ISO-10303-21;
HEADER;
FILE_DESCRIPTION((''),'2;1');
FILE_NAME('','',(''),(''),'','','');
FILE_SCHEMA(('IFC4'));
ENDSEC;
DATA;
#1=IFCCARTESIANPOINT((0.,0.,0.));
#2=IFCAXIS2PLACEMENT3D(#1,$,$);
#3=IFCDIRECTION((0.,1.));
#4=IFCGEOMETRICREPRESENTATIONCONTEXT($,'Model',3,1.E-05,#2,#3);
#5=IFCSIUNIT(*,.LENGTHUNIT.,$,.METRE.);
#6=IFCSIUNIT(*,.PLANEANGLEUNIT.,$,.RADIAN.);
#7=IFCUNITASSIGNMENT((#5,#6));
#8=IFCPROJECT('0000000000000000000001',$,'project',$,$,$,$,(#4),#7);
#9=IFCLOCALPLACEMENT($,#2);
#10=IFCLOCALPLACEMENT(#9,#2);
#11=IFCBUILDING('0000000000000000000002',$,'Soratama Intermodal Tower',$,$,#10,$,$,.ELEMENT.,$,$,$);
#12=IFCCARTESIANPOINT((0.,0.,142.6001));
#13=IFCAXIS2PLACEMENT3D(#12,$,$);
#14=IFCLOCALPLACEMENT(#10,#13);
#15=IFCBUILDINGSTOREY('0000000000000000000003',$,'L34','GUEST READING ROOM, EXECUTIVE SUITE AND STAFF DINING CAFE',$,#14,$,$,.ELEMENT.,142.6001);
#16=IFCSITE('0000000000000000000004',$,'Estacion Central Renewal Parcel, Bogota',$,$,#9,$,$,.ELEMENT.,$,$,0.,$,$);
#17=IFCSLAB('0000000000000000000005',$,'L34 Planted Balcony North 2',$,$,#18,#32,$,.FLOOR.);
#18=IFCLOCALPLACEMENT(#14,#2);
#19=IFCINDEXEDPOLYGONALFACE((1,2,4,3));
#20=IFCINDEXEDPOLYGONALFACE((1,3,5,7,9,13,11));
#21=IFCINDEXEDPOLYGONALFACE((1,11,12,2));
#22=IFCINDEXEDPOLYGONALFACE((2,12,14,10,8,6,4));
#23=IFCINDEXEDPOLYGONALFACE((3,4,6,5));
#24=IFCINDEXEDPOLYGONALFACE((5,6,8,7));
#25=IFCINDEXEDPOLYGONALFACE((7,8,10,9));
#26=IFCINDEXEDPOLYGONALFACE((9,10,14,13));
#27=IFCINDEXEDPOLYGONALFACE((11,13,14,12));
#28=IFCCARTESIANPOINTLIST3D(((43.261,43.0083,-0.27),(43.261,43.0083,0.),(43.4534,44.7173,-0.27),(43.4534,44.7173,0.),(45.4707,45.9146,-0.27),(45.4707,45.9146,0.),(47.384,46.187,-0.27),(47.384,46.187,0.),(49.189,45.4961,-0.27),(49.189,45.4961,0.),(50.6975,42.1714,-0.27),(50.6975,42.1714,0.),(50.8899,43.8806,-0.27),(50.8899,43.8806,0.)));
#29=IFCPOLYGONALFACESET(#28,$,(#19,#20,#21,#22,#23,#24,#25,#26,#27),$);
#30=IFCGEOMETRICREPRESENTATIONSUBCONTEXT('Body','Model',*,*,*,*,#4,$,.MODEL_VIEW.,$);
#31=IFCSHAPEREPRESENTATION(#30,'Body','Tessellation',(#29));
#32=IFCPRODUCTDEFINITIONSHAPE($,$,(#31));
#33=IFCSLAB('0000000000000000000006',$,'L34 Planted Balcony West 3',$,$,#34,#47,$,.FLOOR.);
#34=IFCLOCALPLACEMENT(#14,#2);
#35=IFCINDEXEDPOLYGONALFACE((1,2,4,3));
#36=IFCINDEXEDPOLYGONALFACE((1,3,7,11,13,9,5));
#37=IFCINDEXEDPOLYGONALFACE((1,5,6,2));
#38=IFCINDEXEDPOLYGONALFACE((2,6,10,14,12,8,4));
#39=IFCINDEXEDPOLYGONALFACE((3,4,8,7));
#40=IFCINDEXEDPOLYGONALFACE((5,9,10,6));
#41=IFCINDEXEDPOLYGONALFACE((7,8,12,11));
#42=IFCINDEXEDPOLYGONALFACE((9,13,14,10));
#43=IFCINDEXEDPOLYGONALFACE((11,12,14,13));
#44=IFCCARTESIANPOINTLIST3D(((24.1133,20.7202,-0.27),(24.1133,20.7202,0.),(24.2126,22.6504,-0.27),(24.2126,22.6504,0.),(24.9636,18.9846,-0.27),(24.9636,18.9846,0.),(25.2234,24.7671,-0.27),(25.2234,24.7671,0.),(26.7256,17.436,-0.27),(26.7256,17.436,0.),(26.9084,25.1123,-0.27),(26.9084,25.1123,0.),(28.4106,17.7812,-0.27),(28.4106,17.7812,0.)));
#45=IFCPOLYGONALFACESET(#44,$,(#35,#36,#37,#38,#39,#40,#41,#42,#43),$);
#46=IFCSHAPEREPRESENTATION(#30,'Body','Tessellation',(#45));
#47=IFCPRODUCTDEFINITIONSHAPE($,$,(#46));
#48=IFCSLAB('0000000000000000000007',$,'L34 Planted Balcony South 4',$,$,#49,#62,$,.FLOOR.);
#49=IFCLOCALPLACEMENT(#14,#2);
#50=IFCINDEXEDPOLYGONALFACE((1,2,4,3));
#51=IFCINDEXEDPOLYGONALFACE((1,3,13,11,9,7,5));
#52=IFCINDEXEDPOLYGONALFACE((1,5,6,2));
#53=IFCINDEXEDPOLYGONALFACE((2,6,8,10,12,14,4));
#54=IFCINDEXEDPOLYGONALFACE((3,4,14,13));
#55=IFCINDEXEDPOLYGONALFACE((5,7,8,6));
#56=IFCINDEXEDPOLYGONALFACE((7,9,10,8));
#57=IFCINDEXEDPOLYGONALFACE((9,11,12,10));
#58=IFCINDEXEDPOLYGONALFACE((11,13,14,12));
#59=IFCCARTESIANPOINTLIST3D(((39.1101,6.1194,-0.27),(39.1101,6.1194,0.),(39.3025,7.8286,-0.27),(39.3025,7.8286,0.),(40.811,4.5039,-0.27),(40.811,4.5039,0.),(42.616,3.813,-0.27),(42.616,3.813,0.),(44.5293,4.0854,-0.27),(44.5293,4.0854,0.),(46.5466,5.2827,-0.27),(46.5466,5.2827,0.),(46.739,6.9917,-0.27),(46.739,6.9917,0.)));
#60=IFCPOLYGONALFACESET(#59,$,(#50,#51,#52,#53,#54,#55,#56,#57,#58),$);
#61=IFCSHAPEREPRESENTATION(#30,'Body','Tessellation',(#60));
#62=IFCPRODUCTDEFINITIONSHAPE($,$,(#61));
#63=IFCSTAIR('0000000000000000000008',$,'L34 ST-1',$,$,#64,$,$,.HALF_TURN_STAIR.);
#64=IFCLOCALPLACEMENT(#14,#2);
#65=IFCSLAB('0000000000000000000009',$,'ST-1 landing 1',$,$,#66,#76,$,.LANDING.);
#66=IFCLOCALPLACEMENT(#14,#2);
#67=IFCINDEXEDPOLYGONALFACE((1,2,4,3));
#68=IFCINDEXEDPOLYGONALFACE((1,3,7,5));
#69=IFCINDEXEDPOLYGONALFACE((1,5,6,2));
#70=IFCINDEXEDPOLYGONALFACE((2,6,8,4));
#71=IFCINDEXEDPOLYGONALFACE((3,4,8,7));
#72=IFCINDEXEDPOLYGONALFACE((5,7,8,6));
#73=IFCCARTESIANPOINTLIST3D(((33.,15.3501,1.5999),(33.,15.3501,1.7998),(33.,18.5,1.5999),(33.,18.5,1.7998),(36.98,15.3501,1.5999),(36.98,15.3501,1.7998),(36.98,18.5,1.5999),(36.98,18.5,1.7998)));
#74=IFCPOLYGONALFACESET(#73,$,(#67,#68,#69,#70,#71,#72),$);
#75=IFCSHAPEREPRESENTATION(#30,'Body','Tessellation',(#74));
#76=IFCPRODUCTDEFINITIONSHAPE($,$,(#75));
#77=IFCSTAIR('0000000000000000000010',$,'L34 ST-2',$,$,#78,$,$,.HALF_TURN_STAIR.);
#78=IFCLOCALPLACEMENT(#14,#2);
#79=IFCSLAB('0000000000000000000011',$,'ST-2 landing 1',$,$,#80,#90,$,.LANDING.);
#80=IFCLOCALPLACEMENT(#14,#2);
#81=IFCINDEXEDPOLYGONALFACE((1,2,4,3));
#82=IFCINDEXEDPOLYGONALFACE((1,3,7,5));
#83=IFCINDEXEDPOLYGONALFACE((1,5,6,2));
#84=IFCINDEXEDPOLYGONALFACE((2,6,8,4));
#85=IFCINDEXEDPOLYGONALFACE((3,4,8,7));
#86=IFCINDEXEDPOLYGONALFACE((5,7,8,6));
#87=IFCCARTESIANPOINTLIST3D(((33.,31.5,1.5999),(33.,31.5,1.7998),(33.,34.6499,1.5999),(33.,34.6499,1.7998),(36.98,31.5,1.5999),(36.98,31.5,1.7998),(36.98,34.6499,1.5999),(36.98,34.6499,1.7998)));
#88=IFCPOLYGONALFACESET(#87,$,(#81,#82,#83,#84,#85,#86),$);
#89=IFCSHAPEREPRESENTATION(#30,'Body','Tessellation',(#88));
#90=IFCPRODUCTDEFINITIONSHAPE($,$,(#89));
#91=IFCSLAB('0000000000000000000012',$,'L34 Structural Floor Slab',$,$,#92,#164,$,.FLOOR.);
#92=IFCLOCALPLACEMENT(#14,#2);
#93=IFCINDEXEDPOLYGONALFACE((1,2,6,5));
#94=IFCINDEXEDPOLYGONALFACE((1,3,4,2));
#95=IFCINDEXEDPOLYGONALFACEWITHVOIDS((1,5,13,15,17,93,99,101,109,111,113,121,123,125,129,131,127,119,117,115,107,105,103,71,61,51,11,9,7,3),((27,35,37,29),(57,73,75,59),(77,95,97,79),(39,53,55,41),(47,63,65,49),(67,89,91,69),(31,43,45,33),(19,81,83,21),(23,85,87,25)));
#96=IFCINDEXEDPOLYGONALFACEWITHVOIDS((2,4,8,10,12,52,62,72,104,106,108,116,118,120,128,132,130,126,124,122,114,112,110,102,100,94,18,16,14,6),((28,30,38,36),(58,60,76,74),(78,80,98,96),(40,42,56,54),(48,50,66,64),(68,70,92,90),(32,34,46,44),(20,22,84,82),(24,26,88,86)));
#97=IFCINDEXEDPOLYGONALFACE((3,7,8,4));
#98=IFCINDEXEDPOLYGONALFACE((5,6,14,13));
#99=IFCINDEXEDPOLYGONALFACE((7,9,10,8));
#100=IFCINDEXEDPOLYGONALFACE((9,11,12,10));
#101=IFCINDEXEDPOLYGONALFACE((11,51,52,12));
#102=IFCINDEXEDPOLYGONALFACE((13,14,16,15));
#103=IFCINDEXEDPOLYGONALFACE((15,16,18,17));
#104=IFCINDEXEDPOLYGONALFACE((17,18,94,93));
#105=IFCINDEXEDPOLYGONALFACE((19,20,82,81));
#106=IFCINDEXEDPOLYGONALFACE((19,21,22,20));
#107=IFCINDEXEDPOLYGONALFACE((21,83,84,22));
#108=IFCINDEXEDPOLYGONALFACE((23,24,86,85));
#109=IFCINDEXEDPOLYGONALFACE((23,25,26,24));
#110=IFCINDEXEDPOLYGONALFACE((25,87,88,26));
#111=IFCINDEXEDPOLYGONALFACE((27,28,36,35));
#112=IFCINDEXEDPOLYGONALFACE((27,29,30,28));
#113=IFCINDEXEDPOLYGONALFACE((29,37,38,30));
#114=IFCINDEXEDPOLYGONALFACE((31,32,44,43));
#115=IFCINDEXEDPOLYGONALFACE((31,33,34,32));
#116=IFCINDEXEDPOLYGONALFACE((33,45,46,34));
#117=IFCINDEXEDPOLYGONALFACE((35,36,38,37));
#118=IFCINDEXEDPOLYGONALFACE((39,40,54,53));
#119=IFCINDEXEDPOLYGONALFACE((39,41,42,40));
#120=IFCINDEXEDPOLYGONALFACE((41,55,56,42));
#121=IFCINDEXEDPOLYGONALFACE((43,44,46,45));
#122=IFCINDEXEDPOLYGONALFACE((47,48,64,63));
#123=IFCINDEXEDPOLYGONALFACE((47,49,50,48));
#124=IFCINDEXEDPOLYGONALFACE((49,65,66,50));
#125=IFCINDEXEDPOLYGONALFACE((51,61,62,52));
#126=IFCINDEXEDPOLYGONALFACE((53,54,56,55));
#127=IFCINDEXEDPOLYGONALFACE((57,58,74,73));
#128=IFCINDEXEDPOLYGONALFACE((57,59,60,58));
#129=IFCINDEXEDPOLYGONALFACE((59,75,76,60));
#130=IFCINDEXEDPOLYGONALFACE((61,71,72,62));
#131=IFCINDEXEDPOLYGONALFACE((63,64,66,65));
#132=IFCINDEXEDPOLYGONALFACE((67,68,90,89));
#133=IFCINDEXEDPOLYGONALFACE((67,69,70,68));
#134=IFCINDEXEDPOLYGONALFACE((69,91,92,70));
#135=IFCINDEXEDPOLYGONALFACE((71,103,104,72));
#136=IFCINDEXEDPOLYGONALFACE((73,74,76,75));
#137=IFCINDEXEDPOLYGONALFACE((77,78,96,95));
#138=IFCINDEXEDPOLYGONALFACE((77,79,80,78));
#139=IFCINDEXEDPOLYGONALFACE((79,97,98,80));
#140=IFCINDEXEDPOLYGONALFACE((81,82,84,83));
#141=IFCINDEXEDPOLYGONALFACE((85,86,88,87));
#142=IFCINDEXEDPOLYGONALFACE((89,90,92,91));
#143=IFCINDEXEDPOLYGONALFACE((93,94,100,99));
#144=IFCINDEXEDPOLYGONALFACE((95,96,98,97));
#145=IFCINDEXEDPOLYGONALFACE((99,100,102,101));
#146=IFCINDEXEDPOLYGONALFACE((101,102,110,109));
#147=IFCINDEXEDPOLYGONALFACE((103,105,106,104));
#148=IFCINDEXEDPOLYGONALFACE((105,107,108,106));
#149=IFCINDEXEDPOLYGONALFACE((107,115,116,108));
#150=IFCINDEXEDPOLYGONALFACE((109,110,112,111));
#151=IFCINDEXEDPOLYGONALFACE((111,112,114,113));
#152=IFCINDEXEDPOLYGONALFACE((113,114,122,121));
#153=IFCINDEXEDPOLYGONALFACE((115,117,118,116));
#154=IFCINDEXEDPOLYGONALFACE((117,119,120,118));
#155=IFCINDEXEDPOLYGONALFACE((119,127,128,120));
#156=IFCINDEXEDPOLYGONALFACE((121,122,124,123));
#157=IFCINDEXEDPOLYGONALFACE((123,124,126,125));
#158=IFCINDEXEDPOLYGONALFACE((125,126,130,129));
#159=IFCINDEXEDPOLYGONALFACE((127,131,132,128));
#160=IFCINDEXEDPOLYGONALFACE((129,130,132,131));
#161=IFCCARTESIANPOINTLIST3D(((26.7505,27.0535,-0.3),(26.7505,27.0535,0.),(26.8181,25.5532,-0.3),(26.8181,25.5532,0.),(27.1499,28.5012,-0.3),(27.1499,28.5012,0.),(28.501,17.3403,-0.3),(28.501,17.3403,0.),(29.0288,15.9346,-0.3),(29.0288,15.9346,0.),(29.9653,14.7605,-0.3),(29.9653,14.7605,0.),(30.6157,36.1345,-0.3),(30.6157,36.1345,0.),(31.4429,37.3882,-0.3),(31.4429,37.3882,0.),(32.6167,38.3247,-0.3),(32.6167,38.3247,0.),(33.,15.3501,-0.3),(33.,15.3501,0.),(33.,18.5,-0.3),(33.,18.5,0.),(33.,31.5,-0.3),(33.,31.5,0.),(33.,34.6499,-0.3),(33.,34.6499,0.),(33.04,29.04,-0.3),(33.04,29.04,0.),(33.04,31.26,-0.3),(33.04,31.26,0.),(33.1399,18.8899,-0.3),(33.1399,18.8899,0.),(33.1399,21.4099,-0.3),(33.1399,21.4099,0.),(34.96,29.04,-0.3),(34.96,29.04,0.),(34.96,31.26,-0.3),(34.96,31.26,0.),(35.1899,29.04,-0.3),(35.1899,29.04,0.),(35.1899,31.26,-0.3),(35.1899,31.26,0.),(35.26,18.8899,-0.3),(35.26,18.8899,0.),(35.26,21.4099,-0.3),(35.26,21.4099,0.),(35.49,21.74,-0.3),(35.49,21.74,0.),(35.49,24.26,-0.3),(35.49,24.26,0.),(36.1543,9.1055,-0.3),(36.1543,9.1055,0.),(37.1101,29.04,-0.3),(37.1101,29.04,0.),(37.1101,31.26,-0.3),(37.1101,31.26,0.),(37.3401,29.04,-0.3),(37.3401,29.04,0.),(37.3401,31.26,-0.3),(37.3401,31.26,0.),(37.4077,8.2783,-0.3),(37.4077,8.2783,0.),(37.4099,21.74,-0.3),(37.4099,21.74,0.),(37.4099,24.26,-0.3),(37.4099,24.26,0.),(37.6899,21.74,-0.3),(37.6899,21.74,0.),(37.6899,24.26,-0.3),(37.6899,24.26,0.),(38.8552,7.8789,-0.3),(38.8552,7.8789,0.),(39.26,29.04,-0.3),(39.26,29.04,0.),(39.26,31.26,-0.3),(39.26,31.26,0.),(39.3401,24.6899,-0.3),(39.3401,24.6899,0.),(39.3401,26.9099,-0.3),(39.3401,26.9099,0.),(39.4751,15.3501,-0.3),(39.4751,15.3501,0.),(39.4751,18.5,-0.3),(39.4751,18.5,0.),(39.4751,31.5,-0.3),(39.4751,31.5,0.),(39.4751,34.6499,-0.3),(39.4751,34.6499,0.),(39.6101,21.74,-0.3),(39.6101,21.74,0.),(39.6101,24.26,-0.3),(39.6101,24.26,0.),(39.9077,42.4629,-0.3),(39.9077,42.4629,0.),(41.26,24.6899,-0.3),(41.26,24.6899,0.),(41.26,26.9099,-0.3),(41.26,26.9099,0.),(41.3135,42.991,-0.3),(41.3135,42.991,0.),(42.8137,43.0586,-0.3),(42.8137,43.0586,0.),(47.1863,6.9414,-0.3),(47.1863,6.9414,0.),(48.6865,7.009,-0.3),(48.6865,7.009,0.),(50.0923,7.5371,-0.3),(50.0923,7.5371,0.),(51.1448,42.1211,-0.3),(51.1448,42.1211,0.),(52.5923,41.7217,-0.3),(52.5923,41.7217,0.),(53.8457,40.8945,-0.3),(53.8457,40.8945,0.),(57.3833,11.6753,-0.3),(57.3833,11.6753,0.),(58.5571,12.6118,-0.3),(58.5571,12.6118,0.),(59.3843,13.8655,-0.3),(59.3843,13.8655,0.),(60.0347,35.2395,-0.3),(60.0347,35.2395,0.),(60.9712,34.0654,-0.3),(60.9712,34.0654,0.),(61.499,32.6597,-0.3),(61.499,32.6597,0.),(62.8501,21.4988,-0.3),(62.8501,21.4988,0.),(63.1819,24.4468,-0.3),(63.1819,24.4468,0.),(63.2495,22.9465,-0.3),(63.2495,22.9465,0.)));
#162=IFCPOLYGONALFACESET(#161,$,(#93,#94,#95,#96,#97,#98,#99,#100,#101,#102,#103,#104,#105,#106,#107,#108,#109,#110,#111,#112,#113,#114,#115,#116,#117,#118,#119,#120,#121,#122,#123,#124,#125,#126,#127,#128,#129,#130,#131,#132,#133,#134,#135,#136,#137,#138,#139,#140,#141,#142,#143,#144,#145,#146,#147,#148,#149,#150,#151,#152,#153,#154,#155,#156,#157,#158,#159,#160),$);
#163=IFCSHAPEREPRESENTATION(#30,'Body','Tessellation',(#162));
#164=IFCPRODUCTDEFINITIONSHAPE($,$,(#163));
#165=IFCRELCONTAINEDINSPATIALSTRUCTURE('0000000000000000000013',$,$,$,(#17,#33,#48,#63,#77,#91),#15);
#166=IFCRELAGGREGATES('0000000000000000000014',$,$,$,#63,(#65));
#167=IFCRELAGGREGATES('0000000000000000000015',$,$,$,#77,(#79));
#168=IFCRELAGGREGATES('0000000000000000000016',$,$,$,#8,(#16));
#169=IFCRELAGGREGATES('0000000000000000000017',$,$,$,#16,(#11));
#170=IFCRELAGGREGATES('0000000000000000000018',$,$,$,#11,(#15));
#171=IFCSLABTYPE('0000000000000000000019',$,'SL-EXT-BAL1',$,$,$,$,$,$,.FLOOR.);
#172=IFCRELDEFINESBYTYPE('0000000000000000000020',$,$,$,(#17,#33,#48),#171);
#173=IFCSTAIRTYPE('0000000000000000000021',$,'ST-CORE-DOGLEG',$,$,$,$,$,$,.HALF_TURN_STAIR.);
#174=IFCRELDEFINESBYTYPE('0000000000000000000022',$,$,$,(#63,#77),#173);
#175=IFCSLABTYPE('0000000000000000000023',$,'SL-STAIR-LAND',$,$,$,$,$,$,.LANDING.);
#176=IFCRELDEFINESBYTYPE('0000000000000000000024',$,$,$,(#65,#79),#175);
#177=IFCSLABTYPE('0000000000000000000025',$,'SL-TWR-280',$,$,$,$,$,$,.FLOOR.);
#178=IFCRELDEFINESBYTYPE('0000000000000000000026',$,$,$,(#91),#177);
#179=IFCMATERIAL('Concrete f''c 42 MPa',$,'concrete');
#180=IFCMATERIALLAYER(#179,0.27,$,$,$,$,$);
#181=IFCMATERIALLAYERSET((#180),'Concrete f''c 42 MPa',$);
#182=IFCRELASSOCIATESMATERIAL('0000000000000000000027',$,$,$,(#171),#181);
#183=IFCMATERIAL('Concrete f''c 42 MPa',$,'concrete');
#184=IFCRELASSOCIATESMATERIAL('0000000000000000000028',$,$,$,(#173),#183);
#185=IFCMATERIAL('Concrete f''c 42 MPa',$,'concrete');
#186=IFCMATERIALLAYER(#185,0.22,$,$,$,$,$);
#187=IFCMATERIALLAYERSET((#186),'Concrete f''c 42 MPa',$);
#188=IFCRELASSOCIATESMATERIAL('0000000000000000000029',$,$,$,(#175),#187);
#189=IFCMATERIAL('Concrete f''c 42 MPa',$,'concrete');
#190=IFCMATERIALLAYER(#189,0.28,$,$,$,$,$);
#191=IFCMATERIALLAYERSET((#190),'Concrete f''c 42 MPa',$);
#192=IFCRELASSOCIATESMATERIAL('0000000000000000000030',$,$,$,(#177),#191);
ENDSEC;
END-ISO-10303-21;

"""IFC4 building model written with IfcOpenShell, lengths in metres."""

from ifc_helpers import new_model, si_unit, direction, frame, origin, place, context, subcontext, project, spatial, polyline, outline, extrude, material, layer, layer_set, type_object, element, aggregate, save


model = new_model("IFC4")

# Units and contexts
model_context = context("Model", 3, precision=1e-05, world=origin(), true_north=direction((0.0, 1.0)))
body_context = subcontext(model_context, "Body", "Model", "MODEL_VIEW")
ifc_project = project(units=[si_unit("LENGTHUNIT", "METRE"), si_unit("PLANEANGLEUNIT", "RADIAN")], contexts=[model_context])

# Site, building, storey
site_placement = place(None, origin())
site = spatial("IfcSite", under=ifc_project, at=site_placement, Name="Estacion Central Renewal Parcel, Bogota", CompositionType="ELEMENT", RefElevation=0.0)
building_placement = place(site_placement, origin())
building = spatial("IfcBuilding", under=site, at=building_placement, Name="Soratama Intermodal Tower", CompositionType="ELEMENT")
storey_placement = place(building_placement, frame((0.0, 0.0, 142.6001)))
storey = spatial("IfcBuildingStorey", under=building, at=storey_placement, Name="L34", Description="GUEST READING ROOM, EXECUTIVE SUITE AND STAFF DINING CAFE", CompositionType="ELEMENT", Elevation=142.6001)

# Slabs
ifc_material_1 = material(Name="Concrete f'c 42 MPa", Category="concrete")
ifc_layer_1 = layer(ifc_material_1, 0.27)
ifc_layer_set_1 = layer_set([ifc_layer_1], Name="Concrete f'c 42 MPa")
slab_type_1 = type_object("IfcSlabType", Name="SL-EXT-BAL1", PredefinedType="FLOOR", material=ifc_layer_set_1)
slab_1_placement = place(storey_placement, frame((0.0, 0.0, -0.27)))
element("IfcSlab", 1, at=slab_1_placement, inside=storey, type_object=slab_type_1, Name="L34 Planted Balcony North 2", PredefinedType="FLOOR", context=body_context, shape_type="SweptSolid", body=[
    extrude(outline(polyline([(50.6975, 42.1714), (43.261, 43.0083), (43.4534, 44.7173), (45.4707, 45.9146), (47.384, 46.187), (49.189, 45.4961), (50.8899, 43.8806), (50.6975, 42.1714)])), origin(), (0.0, 0.0, 1.0), 0.27),
])
slab_2_placement = place(storey_placement, frame((0.0, 0.0, -0.27)))
element("IfcSlab", 2, at=slab_2_placement, inside=storey, type_object=slab_type_1, Name="L34 Planted Balcony West 3", PredefinedType="FLOOR", context=body_context, shape_type="SweptSolid", body=[
    extrude(outline(polyline([(26.9084, 25.1123), (28.4106, 17.7812), (26.7256, 17.436), (24.9636, 18.9846), (24.1133, 20.7202), (24.2126, 22.6504), (25.2234, 24.7671), (26.9084, 25.1123)])), origin(), (0.0, 0.0, 1.0), 0.27),
])
slab_3_placement = place(storey_placement, frame((0.0, 0.0, -0.27)))
element("IfcSlab", 3, at=slab_3_placement, inside=storey, type_object=slab_type_1, Name="L34 Planted Balcony South 4", PredefinedType="FLOOR", context=body_context, shape_type="SweptSolid", body=[
    extrude(outline(polyline([(39.3025, 7.8286), (46.739, 6.9917), (46.5466, 5.2827), (44.5293, 4.0854), (42.616, 3.813), (40.811, 4.5039), (39.1101, 6.1194), (39.3025, 7.8286)])), origin(), (0.0, 0.0, 1.0), 0.27),
])

# Stairs, slabs
ifc_material_2 = material(Name="Concrete f'c 42 MPa", Category="concrete")
stair_type = type_object("IfcStairType", Name="ST-CORE-DOGLEG", PredefinedType="HALF_TURN_STAIR", material=ifc_material_2)
stair_1_placement = place(storey_placement, origin())
stair_1 = element("IfcStair", 4, at=stair_1_placement, inside=storey, type_object=stair_type, Name="L34 ST-1", PredefinedType="HALF_TURN_STAIR")
ifc_material_3 = material(Name="Concrete f'c 42 MPa", Category="concrete")
ifc_layer_2 = layer(ifc_material_3, 0.22)
ifc_layer_set_2 = layer_set([ifc_layer_2], Name="Concrete f'c 42 MPa")
slab_type_2 = type_object("IfcSlabType", Name="SL-STAIR-LAND", PredefinedType="LANDING", material=ifc_layer_set_2)
slab_4_placement = place(storey_placement, frame((0.0, 0.0, 1.5999)))
slab_4 = element("IfcSlab", 5, at=slab_4_placement, type_object=slab_type_2, Name="ST-1 landing 1", PredefinedType="LANDING", context=body_context, shape_type="SweptSolid", body=[
    extrude(outline(polyline([(36.98, 18.5), (33.0, 18.5), (33.0, 15.3501), (36.98, 15.3501), (36.98, 18.5)])), origin(), (0.0, 0.0, 1.0), 0.2),
])
aggregate(stair_1, [slab_4])
stair_2_placement = place(storey_placement, origin())
stair_2 = element("IfcStair", 6, at=stair_2_placement, inside=storey, type_object=stair_type, Name="L34 ST-2", PredefinedType="HALF_TURN_STAIR")
slab_5_placement = place(storey_placement, frame((0.0, 0.0, 1.5999)))
slab_5 = element("IfcSlab", 7, at=slab_5_placement, type_object=slab_type_2, Name="ST-2 landing 1", PredefinedType="LANDING", context=body_context, shape_type="SweptSolid", body=[
    extrude(outline(polyline([(36.98, 34.6499), (33.0, 34.6499), (33.0, 31.5), (36.98, 31.5), (36.98, 34.6499)])), origin(), (0.0, 0.0, 1.0), 0.2),
])
aggregate(stair_2, [slab_5])

# Slab
ifc_material_4 = material(Name="Concrete f'c 42 MPa", Category="concrete")
ifc_layer_3 = layer(ifc_material_4, 0.28)
ifc_layer_set_3 = layer_set([ifc_layer_3], Name="Concrete f'c 42 MPa")
slab_type_3 = type_object("IfcSlabType", Name="SL-TWR-280", PredefinedType="FLOOR", material=ifc_layer_set_3)
slab_6_placement = place(storey_placement, frame((0.0, 0.0, -0.3)))
element("IfcSlab", 8, at=slab_6_placement, inside=storey, type_object=slab_type_3, Name="L34 Structural Floor Slab", PredefinedType="FLOOR", context=body_context, shape_type="SweptSolid", body=[
    extrude(outline(polyline([(61.499, 32.6597), (60.9712, 34.0654), (60.0347, 35.2395), (53.8457, 40.8945), (52.5923, 41.7217), (51.1448, 42.1211), (42.8137, 43.0586), (41.3135, 42.991), (39.9077, 42.4629), (32.6167, 38.3247), (31.4429, 37.3882), (30.6157, 36.1345), (27.1499, 28.5012), (26.7505, 27.0535), (26.8181, 25.5532), (28.501, 17.3403), (29.0288, 15.9346), (29.9653, 14.7605), (36.1543, 9.1055), (37.4077, 8.2783), (38.8552, 7.8789), (47.1863, 6.9414), (48.6865, 7.009), (50.0923, 7.5371), (57.3833, 11.6753), (58.5571, 12.6118), (59.3843, 13.8655), (62.8501, 21.4988), (63.2495, 22.9465), (63.1819, 24.4468), (61.499, 32.6597)]), holes=[polyline([(33.0, 18.5), (33.0, 15.3501), (39.4751, 15.3501), (39.4751, 18.5), (33.0, 18.5)]), polyline([(35.26, 21.4099), (33.1399, 21.4099), (33.1399, 18.8899), (35.26, 18.8899), (35.26, 21.4099)]), polyline([(37.4099, 24.26), (35.49, 24.26), (35.49, 21.74), (37.4099, 21.74), (37.4099, 24.26)]), polyline([(39.6101, 24.26), (37.6899, 24.26), (37.6899, 21.74), (39.6101, 21.74), (39.6101, 24.26)]), polyline([(41.26, 26.9099), (39.3401, 26.9099), (39.3401, 24.6899), (41.26, 24.6899), (41.26, 26.9099)]), polyline([(34.96, 31.26), (33.04, 31.26), (33.04, 29.04), (34.96, 29.04), (34.96, 31.26)]), polyline([(37.1101, 31.26), (35.1899, 31.26), (35.1899, 29.04), (37.1101, 29.04), (37.1101, 31.26)]), polyline([(39.26, 29.04), (39.26, 31.26), (37.3401, 31.26), (37.3401, 29.04), (39.26, 29.04)]), polyline([(39.4751, 34.6499), (33.0, 34.6499), (33.0, 31.5), (39.4751, 31.5), (39.4751, 34.6499)])]), origin(), (0.0, 0.0, 1.0), 0.3),
])

save(model, "model.ifc")
